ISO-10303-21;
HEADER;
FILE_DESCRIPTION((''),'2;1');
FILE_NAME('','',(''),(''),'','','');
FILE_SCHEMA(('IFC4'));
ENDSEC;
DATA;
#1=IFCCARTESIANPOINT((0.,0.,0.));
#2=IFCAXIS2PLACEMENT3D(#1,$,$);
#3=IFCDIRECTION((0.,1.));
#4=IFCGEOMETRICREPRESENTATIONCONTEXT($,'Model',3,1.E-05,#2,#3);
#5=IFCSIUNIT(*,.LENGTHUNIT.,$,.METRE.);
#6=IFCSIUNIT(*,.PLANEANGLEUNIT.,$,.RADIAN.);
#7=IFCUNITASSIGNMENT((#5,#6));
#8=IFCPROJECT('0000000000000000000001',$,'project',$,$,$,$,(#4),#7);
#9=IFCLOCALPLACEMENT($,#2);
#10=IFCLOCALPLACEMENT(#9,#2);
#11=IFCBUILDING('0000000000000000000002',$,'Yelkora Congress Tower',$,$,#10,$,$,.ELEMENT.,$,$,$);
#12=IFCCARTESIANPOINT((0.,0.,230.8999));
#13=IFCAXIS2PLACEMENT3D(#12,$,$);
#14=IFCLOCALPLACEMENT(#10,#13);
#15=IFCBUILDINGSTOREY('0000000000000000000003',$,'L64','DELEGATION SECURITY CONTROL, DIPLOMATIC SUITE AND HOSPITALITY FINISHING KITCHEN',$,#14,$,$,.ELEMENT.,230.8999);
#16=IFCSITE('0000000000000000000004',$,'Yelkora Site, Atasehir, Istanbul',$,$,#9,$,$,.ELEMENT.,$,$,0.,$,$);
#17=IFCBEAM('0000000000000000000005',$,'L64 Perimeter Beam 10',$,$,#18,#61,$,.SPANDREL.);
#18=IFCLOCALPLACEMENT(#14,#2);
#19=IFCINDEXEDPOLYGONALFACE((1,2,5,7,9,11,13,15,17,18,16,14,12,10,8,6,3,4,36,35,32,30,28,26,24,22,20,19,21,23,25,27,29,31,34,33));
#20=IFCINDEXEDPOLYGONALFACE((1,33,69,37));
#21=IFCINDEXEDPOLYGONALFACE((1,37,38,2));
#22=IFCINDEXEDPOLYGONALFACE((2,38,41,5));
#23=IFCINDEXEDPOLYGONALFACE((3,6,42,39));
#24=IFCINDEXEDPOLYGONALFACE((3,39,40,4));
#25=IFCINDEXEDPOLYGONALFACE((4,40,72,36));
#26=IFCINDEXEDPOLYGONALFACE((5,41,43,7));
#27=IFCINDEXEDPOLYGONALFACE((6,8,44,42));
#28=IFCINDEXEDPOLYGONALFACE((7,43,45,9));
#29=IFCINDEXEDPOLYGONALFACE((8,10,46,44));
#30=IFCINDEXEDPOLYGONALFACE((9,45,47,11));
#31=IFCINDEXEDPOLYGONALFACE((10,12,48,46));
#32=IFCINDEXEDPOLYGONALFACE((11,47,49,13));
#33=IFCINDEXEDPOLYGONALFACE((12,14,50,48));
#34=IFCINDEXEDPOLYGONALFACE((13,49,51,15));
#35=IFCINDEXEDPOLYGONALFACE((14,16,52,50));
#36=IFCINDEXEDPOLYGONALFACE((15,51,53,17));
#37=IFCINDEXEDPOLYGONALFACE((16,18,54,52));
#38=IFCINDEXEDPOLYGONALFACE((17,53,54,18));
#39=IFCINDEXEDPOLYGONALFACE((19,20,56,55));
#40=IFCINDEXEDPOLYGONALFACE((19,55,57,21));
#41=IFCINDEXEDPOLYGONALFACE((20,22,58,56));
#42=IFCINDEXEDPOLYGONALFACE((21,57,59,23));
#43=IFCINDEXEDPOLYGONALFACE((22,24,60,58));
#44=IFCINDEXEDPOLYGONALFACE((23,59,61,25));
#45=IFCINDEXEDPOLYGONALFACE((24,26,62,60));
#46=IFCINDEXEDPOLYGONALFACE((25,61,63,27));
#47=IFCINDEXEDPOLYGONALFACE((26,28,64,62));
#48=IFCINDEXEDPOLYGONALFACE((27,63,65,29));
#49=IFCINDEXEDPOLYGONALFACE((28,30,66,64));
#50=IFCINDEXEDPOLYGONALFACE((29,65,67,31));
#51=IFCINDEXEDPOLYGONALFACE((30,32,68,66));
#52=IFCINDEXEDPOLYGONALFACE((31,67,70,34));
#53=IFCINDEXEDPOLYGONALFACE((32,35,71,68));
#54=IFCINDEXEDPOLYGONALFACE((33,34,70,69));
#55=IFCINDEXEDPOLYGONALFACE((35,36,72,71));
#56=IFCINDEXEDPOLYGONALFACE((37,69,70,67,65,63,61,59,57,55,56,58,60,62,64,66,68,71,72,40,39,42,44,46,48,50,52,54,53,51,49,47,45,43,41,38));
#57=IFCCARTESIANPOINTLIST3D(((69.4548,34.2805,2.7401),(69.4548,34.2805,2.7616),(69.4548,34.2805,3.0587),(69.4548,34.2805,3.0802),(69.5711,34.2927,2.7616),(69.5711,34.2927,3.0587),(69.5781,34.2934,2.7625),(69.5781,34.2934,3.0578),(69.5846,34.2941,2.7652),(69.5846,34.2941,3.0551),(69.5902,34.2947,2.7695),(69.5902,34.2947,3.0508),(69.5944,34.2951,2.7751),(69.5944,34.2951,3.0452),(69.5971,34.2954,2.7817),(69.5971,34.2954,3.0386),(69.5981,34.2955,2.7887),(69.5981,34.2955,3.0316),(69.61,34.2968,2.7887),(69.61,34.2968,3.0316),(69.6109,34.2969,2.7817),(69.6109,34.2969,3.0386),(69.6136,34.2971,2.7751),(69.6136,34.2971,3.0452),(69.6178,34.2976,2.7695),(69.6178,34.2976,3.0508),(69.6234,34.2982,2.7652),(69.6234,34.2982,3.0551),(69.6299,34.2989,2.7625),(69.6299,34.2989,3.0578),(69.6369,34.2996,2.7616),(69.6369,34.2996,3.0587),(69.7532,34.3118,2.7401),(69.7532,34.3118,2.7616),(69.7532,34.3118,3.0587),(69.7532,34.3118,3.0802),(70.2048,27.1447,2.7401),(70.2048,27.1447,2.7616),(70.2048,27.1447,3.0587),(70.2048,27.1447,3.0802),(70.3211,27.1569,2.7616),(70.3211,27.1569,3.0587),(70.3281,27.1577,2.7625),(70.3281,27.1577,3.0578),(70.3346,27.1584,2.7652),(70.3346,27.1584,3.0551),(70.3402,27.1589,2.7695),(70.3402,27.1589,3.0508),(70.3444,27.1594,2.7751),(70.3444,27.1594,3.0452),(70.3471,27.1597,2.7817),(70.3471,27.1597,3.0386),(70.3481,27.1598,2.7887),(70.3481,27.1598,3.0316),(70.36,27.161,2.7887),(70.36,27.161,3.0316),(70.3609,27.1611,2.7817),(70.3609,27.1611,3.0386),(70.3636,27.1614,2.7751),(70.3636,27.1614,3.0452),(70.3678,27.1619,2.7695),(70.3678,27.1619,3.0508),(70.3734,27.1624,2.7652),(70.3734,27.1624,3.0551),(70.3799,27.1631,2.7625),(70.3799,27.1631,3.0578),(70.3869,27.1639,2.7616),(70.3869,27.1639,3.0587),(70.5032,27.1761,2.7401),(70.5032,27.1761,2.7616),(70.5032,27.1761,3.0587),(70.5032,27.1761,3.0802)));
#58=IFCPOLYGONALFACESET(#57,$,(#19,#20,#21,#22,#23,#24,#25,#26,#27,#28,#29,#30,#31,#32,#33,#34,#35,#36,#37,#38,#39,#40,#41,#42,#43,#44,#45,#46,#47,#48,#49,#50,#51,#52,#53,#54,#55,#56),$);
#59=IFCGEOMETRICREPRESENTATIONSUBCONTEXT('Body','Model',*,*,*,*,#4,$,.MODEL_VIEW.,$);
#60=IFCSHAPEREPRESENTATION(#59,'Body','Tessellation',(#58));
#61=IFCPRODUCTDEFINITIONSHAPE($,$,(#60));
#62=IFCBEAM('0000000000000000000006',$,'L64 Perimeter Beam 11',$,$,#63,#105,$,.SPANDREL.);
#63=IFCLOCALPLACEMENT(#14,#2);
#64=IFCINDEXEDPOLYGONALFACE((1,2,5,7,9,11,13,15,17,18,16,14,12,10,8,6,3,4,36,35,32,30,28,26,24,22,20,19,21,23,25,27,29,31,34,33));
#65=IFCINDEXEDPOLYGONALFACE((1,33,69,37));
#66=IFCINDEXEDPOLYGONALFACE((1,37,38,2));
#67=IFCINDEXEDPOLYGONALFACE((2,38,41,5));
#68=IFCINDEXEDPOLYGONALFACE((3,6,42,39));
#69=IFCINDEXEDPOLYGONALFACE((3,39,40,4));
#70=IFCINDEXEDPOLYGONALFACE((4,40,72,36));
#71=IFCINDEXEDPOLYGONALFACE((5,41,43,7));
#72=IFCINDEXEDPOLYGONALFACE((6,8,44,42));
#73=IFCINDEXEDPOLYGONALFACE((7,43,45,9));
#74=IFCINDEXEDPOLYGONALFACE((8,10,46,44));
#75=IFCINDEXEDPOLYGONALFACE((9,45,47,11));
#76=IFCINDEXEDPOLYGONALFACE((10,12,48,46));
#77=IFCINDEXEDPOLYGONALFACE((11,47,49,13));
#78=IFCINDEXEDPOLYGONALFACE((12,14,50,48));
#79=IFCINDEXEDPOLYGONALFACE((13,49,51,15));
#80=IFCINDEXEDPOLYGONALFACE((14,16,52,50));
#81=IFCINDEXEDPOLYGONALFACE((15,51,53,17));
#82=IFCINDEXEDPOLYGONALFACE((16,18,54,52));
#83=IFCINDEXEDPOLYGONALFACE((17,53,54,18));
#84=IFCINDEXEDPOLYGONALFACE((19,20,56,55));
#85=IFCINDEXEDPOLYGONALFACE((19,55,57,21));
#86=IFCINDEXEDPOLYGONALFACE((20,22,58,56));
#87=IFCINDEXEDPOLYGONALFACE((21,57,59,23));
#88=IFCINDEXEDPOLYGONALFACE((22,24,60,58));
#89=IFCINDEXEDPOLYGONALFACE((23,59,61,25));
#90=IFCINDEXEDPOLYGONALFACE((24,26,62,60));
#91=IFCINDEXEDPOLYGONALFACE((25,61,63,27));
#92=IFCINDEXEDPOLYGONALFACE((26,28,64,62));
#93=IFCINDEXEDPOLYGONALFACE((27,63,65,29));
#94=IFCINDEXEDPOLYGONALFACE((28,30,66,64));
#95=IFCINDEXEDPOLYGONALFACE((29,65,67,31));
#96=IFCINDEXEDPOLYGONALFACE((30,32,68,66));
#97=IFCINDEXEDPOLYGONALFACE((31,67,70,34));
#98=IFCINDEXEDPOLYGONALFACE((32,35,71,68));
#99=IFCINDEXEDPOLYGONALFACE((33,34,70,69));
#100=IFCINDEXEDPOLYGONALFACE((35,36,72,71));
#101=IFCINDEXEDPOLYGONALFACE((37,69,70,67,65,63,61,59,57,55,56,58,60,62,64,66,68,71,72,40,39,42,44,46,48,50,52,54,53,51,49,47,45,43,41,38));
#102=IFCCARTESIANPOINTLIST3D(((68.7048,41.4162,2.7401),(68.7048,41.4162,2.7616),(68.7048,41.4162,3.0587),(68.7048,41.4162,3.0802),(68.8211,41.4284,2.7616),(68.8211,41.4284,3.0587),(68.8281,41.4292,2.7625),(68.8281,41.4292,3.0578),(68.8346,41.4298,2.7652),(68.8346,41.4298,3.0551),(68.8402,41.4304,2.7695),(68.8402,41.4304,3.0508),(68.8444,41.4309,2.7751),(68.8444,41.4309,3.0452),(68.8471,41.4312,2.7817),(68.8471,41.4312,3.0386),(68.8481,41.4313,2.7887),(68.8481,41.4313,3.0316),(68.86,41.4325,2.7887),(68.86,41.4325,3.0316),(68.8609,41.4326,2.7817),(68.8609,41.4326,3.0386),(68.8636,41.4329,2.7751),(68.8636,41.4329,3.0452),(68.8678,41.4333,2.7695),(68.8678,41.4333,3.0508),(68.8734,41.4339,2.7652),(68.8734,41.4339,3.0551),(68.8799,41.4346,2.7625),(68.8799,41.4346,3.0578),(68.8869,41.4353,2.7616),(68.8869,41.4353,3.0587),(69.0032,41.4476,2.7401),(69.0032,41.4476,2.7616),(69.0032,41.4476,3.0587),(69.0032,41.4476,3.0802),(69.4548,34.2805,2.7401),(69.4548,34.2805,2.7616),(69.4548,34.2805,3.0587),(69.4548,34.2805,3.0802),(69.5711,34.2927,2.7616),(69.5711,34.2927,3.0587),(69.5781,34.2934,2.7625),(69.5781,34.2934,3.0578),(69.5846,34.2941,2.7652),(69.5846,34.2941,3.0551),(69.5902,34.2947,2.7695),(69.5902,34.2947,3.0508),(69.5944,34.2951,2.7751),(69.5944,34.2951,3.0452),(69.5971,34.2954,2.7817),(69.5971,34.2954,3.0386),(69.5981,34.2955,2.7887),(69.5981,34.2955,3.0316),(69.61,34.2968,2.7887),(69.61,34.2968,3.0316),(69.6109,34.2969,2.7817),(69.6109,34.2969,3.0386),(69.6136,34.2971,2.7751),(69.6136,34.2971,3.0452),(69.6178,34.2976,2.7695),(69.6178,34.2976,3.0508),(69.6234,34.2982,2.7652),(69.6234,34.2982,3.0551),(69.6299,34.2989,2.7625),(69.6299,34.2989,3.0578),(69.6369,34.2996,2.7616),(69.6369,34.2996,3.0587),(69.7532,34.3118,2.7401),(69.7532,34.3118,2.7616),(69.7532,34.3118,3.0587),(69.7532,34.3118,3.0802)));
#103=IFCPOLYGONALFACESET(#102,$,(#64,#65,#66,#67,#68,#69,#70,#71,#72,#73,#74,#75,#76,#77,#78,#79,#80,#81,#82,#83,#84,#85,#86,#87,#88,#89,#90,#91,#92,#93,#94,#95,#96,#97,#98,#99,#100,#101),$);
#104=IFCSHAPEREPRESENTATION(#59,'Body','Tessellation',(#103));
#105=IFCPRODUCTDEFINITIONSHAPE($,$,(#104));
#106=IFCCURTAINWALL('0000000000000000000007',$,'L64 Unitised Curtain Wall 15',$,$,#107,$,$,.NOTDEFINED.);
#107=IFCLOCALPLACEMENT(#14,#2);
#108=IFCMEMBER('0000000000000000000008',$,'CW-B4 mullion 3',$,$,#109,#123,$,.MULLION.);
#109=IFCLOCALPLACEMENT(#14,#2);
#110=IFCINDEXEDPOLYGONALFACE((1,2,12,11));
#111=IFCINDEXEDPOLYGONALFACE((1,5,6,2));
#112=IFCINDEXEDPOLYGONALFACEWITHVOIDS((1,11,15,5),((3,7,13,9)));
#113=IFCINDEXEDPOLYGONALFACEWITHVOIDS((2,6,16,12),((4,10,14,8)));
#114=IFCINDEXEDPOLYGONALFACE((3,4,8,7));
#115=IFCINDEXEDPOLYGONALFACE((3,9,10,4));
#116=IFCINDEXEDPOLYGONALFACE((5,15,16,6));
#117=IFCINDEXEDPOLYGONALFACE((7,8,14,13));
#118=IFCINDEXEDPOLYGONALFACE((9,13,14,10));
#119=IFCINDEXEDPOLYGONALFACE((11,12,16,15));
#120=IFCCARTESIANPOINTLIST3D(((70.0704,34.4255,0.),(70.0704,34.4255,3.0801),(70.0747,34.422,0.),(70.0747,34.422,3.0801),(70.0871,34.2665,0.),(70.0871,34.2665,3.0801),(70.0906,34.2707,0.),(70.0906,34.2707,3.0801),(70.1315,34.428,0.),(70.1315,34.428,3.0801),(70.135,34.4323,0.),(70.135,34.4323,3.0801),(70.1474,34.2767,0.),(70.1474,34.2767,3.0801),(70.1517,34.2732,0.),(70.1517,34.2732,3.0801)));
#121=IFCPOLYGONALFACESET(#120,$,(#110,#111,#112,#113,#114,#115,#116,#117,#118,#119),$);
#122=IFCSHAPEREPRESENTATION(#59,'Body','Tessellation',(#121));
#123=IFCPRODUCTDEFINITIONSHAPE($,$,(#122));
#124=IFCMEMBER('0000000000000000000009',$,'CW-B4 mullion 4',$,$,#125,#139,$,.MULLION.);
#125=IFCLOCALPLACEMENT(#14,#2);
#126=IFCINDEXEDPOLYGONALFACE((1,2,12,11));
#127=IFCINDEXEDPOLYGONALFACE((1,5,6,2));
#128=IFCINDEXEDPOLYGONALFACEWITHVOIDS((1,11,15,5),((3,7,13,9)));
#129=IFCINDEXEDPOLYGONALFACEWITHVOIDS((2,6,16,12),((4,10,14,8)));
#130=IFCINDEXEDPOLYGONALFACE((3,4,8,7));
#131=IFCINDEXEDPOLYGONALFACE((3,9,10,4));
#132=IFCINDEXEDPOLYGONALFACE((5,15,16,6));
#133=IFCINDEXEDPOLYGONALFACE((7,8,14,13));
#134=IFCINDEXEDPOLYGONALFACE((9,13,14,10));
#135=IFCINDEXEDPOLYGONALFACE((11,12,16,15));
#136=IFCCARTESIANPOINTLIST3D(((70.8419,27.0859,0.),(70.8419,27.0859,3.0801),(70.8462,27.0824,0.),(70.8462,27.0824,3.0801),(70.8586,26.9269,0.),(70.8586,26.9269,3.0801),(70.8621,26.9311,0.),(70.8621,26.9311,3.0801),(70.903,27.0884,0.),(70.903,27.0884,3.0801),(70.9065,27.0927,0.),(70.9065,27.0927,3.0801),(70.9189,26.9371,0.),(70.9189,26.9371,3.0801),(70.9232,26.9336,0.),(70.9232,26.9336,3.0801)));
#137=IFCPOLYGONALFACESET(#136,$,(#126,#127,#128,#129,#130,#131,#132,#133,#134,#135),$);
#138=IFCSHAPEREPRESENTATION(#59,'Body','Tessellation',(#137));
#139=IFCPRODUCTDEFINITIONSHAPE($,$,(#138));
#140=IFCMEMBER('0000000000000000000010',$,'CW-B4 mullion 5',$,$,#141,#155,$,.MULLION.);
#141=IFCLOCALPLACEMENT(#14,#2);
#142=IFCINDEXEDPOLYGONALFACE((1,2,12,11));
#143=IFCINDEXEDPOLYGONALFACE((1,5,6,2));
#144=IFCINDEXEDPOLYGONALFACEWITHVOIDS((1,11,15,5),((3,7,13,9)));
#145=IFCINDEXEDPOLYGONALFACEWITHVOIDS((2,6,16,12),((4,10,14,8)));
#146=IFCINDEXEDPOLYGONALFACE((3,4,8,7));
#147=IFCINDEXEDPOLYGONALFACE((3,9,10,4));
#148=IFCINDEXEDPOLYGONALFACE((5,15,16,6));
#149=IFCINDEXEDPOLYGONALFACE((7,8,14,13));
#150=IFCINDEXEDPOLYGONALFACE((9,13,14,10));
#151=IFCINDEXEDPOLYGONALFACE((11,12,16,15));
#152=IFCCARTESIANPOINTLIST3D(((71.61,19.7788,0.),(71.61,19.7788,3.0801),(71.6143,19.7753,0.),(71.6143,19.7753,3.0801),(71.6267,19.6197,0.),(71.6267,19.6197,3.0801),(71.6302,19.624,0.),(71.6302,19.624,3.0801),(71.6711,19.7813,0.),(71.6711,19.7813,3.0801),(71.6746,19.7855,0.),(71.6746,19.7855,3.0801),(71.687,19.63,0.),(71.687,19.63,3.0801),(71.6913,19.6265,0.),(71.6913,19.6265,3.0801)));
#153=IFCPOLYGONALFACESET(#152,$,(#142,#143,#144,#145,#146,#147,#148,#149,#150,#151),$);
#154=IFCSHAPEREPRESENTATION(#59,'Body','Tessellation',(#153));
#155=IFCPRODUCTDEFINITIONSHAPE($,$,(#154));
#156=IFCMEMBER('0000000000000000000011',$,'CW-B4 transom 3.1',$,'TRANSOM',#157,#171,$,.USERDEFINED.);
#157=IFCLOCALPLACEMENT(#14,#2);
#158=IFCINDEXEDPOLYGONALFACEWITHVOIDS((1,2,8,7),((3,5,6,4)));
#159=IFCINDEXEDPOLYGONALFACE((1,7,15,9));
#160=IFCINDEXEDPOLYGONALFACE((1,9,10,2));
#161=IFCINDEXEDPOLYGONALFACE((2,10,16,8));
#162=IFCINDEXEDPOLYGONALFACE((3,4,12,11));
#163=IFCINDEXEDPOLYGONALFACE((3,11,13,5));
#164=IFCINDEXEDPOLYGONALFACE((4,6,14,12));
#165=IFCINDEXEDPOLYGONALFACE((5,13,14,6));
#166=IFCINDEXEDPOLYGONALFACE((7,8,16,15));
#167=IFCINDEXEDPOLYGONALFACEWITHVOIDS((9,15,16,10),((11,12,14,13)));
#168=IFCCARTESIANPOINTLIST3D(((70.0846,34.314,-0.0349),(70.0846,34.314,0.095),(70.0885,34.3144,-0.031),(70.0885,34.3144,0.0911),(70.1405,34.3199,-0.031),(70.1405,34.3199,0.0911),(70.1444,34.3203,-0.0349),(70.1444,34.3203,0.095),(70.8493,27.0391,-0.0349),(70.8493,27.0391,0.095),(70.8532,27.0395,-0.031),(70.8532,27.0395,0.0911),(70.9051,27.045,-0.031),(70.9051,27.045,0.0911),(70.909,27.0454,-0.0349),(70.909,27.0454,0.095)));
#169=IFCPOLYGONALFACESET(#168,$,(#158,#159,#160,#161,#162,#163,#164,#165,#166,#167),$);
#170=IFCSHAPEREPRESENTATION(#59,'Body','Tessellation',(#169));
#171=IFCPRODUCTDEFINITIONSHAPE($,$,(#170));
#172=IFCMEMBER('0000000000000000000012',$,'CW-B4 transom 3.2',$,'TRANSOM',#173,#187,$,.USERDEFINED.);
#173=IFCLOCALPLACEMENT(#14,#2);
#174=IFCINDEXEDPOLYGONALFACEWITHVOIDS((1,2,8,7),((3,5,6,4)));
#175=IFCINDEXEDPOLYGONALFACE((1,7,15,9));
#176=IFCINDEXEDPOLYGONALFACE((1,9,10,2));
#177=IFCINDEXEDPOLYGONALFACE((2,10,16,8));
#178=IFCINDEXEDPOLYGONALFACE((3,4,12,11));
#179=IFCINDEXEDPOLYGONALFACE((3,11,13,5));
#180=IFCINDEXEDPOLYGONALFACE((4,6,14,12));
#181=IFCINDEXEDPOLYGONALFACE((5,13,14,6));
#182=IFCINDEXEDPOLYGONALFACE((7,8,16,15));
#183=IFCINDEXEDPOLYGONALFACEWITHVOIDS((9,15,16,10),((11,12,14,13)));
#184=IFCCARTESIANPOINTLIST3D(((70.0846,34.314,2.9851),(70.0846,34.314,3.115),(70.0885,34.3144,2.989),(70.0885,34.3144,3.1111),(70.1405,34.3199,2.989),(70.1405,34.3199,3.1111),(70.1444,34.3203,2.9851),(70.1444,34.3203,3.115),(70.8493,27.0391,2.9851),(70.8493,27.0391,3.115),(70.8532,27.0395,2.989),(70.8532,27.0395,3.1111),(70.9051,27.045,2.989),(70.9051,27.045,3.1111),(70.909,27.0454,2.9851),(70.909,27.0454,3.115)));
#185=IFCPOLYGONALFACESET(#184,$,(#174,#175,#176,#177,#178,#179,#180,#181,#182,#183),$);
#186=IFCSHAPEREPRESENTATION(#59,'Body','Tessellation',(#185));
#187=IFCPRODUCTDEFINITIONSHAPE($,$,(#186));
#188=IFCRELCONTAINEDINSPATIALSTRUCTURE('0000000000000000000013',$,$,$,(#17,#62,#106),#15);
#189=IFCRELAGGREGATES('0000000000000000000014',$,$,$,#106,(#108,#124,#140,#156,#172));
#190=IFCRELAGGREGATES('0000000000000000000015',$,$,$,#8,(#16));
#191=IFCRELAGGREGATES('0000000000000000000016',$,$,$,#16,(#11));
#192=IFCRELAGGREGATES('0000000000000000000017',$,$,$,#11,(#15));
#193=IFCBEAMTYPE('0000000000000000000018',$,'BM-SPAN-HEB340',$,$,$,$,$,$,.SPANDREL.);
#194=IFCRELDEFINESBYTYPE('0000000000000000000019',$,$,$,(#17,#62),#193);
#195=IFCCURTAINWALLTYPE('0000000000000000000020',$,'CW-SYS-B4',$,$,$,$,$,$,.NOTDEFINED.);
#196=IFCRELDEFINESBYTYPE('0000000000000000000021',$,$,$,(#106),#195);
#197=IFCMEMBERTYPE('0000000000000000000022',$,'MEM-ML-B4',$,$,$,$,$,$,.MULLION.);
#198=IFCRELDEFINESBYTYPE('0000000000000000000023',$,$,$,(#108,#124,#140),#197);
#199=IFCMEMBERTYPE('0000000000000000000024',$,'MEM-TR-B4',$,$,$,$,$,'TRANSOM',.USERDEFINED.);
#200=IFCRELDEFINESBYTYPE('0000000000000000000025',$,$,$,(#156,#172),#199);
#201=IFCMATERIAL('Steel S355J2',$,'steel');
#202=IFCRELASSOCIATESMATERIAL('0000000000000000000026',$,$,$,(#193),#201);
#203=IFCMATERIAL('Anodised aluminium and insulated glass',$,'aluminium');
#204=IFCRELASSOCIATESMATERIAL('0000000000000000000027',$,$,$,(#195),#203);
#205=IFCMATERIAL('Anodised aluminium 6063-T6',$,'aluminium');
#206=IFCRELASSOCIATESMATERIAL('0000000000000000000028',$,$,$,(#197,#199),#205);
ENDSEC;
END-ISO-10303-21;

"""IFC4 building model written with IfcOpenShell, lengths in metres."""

from ifc_helpers import new_model, si_unit, direction, frame, origin, origin_2d, place, context, subcontext, project, spatial, hollow_rectangle, i_section, extrude, material, material_profile, profile_set, type_object, element, aggregate, save


model = new_model("IFC4")

# Units and contexts
model_context = context("Model", 3, precision=1e-05, world=origin(), true_north=direction((0.0, 1.0)))
body_context = subcontext(model_context, "Body", "Model", "MODEL_VIEW")
ifc_project = project(units=[si_unit("LENGTHUNIT", "METRE"), si_unit("PLANEANGLEUNIT", "RADIAN")], contexts=[model_context])

# Site, building, storey
site_placement = place(None, origin())
site = spatial("IfcSite", under=ifc_project, at=site_placement, Name="Yelkora Site, Atasehir, Istanbul", CompositionType="ELEMENT", RefElevation=0.0)
building_placement = place(site_placement, origin())
building = spatial("IfcBuilding", under=site, at=building_placement, Name="Yelkora Congress Tower", CompositionType="ELEMENT")
storey_placement = place(building_placement, frame((0.0, 0.0, 230.8999)))
storey = spatial("IfcBuildingStorey", under=building, at=storey_placement, Name="L64", Description="DELEGATION SECURITY CONTROL, DIPLOMATIC SUITE AND HOSPITALITY FINISHING KITCHEN", CompositionType="ELEMENT", Elevation=230.8999)

# Shared definitions
ifc_material_1 = material(Name="Steel S355J2", Category="steel")

# Beams
ifc_material_profile_1 = material_profile(ifc_material_1, i_section(OverallWidth=0.3, OverallDepth=0.3401, WebThickness=0.012, FlangeThickness=0.0215, FilletRadius=0.0271, at=origin_2d()), Name="HEB 340")
ifc_profile_set_1 = profile_set([ifc_material_profile_1], Name="Steel S355J2")
beam_type_1 = type_object("IfcBeamType", Name="BM-SPAN-HEB340", PredefinedType="SPANDREL", material=ifc_profile_set_1)
for number, where, z_axis, x_axis, name in (
    (1, (70.354, 27.1604, 2.9102), (-0.104529, 0.994522, 0.0), (-0.994522, -0.104529, 0.0), "L64 Perimeter Beam 10"),
    (2, (69.604, 34.2961, 2.9102), (-0.104529, 0.994522, 0.0), (-0.994522, -0.104529, 0.0), "L64 Perimeter Beam 11"),
):
    element("IfcBeam", number, at=place(storey_placement, frame(where, z_axis=z_axis, x_axis=x_axis)), inside=storey, type_object=beam_type_1, Name=name, PredefinedType="SPANDREL", context=body_context, shape_type="SweptSolid", body=[
        extrude(i_section(OverallWidth=0.3, OverallDepth=0.3401, WebThickness=0.012, FlangeThickness=0.0215, FilletRadius=0.0271, at=origin_2d()), origin(), (0.0, 0.0, 1.0), 7.175),
    ])

# Curtain wall, members
ifc_material_2 = material(Name="Anodised aluminium and insulated glass", Category="aluminium")
curtain_wall_type = type_object("IfcCurtainWallType", Name="CW-SYS-B4", PredefinedType="NOTDEFINED", material=ifc_material_2)
curtain_wall_placement = place(storey_placement, origin())
curtain_wall = element("IfcCurtainWall", 3, at=curtain_wall_placement, inside=storey, type_object=curtain_wall_type, Name="L64 Unitised Curtain Wall 15", PredefinedType="NOTDEFINED")
ifc_material_3 = material(Name="Anodised aluminium 6063-T6", Category="aluminium")
ifc_material_profile_2 = material_profile(ifc_material_3, hollow_rectangle(XDim=0.0649, YDim=0.1599, WallThickness=0.0039, at=origin_2d()), Name="ALU 65x160x4")
ifc_profile_set_2 = profile_set([ifc_material_profile_2], Name="Anodised aluminium 6063-T6")
member_type_1 = type_object("IfcMemberType", Name="MEM-ML-B4", PredefinedType="MULLION", material=ifc_profile_set_2)
member_1_placement = place(storey_placement, frame((70.1111, 34.3494, 0.0), z_axis=(0.0, 0.0, 1.0), x_axis=(0.994522, 0.104526, 0.0)))
member_1 = element("IfcMember", 4, at=member_1_placement, type_object=member_type_1, Name="CW-B4 mullion 3", PredefinedType="MULLION", context=body_context, shape_type="SweptSolid", body=[
    extrude(hollow_rectangle(XDim=0.0649, YDim=0.1599, WallThickness=0.0039, at=origin_2d()), origin(), (0.0, 0.0, 1.0), 3.0801),
])
member_2_placement = place(storey_placement, frame((70.8826, 27.0098, 0.0), z_axis=(0.0, 0.0, 1.0), x_axis=(0.994522, 0.104526, 0.0)))
member_2 = element("IfcMember", 5, at=member_2_placement, type_object=member_type_1, Name="CW-B4 mullion 4", PredefinedType="MULLION", context=body_context, shape_type="SweptSolid", body=[
    extrude(hollow_rectangle(XDim=0.0649, YDim=0.1599, WallThickness=0.0039, at=origin_2d()), origin(), (0.0, 0.0, 1.0), 3.0801),
])
member_3_placement = place(storey_placement, frame((71.6506, 19.7026, 0.0), z_axis=(0.0, 0.0, 1.0), x_axis=(0.994522, 0.104526, 0.0)))
member_3 = element("IfcMember", 6, at=member_3_placement, type_object=member_type_1, Name="CW-B4 mullion 5", PredefinedType="MULLION", context=body_context, shape_type="SweptSolid", body=[
    extrude(hollow_rectangle(XDim=0.0649, YDim=0.1599, WallThickness=0.0039, at=origin_2d()), origin(), (0.0, 0.0, 1.0), 3.0801),
])
ifc_material_profile_3 = material_profile(ifc_material_3, hollow_rectangle(XDim=0.0601, YDim=0.1299, WallThickness=0.0039, at=origin_2d()), Name="ALU 60x130x4")
ifc_profile_set_3 = profile_set([ifc_material_profile_3], Name="Anodised aluminium 6063-T6")
member_type_2 = type_object("IfcMemberType", Name="MEM-TR-B4", ElementType="TRANSOM", PredefinedType="USERDEFINED", material=ifc_profile_set_3)
member_4_placement = place(storey_placement, frame((70.1145, 34.3171, 0.03), z_axis=(0.104532, -0.994522, 0.0), x_axis=(0.994522, 0.104532, 0.0)))
member_4 = element("IfcMember", 7, at=member_4_placement, type_object=member_type_2, Name="CW-B4 transom 3.1", ObjectType="TRANSOM", PredefinedType="USERDEFINED", context=body_context, shape_type="SweptSolid", body=[
    extrude(hollow_rectangle(XDim=0.0601, YDim=0.1299, WallThickness=0.0039, at=origin_2d()), origin(), (0.0, 0.0, 1.0), 7.3149),
])
member_5_placement = place(storey_placement, frame((70.1145, 34.3171, 3.05), z_axis=(0.104532, -0.994522, 0.0), x_axis=(0.994522, 0.104532, 0.0)))
member_5 = element("IfcMember", 8, at=member_5_placement, type_object=member_type_2, Name="CW-B4 transom 3.2", ObjectType="TRANSOM", PredefinedType="USERDEFINED", context=body_context, shape_type="SweptSolid", body=[
    extrude(hollow_rectangle(XDim=0.0601, YDim=0.1299, WallThickness=0.0039, at=origin_2d()), origin(), (0.0, 0.0, 1.0), 7.3149),
])
aggregate(curtain_wall, [member_1, member_2, member_3, member_4, member_5])

save(model, "model.ifc")
